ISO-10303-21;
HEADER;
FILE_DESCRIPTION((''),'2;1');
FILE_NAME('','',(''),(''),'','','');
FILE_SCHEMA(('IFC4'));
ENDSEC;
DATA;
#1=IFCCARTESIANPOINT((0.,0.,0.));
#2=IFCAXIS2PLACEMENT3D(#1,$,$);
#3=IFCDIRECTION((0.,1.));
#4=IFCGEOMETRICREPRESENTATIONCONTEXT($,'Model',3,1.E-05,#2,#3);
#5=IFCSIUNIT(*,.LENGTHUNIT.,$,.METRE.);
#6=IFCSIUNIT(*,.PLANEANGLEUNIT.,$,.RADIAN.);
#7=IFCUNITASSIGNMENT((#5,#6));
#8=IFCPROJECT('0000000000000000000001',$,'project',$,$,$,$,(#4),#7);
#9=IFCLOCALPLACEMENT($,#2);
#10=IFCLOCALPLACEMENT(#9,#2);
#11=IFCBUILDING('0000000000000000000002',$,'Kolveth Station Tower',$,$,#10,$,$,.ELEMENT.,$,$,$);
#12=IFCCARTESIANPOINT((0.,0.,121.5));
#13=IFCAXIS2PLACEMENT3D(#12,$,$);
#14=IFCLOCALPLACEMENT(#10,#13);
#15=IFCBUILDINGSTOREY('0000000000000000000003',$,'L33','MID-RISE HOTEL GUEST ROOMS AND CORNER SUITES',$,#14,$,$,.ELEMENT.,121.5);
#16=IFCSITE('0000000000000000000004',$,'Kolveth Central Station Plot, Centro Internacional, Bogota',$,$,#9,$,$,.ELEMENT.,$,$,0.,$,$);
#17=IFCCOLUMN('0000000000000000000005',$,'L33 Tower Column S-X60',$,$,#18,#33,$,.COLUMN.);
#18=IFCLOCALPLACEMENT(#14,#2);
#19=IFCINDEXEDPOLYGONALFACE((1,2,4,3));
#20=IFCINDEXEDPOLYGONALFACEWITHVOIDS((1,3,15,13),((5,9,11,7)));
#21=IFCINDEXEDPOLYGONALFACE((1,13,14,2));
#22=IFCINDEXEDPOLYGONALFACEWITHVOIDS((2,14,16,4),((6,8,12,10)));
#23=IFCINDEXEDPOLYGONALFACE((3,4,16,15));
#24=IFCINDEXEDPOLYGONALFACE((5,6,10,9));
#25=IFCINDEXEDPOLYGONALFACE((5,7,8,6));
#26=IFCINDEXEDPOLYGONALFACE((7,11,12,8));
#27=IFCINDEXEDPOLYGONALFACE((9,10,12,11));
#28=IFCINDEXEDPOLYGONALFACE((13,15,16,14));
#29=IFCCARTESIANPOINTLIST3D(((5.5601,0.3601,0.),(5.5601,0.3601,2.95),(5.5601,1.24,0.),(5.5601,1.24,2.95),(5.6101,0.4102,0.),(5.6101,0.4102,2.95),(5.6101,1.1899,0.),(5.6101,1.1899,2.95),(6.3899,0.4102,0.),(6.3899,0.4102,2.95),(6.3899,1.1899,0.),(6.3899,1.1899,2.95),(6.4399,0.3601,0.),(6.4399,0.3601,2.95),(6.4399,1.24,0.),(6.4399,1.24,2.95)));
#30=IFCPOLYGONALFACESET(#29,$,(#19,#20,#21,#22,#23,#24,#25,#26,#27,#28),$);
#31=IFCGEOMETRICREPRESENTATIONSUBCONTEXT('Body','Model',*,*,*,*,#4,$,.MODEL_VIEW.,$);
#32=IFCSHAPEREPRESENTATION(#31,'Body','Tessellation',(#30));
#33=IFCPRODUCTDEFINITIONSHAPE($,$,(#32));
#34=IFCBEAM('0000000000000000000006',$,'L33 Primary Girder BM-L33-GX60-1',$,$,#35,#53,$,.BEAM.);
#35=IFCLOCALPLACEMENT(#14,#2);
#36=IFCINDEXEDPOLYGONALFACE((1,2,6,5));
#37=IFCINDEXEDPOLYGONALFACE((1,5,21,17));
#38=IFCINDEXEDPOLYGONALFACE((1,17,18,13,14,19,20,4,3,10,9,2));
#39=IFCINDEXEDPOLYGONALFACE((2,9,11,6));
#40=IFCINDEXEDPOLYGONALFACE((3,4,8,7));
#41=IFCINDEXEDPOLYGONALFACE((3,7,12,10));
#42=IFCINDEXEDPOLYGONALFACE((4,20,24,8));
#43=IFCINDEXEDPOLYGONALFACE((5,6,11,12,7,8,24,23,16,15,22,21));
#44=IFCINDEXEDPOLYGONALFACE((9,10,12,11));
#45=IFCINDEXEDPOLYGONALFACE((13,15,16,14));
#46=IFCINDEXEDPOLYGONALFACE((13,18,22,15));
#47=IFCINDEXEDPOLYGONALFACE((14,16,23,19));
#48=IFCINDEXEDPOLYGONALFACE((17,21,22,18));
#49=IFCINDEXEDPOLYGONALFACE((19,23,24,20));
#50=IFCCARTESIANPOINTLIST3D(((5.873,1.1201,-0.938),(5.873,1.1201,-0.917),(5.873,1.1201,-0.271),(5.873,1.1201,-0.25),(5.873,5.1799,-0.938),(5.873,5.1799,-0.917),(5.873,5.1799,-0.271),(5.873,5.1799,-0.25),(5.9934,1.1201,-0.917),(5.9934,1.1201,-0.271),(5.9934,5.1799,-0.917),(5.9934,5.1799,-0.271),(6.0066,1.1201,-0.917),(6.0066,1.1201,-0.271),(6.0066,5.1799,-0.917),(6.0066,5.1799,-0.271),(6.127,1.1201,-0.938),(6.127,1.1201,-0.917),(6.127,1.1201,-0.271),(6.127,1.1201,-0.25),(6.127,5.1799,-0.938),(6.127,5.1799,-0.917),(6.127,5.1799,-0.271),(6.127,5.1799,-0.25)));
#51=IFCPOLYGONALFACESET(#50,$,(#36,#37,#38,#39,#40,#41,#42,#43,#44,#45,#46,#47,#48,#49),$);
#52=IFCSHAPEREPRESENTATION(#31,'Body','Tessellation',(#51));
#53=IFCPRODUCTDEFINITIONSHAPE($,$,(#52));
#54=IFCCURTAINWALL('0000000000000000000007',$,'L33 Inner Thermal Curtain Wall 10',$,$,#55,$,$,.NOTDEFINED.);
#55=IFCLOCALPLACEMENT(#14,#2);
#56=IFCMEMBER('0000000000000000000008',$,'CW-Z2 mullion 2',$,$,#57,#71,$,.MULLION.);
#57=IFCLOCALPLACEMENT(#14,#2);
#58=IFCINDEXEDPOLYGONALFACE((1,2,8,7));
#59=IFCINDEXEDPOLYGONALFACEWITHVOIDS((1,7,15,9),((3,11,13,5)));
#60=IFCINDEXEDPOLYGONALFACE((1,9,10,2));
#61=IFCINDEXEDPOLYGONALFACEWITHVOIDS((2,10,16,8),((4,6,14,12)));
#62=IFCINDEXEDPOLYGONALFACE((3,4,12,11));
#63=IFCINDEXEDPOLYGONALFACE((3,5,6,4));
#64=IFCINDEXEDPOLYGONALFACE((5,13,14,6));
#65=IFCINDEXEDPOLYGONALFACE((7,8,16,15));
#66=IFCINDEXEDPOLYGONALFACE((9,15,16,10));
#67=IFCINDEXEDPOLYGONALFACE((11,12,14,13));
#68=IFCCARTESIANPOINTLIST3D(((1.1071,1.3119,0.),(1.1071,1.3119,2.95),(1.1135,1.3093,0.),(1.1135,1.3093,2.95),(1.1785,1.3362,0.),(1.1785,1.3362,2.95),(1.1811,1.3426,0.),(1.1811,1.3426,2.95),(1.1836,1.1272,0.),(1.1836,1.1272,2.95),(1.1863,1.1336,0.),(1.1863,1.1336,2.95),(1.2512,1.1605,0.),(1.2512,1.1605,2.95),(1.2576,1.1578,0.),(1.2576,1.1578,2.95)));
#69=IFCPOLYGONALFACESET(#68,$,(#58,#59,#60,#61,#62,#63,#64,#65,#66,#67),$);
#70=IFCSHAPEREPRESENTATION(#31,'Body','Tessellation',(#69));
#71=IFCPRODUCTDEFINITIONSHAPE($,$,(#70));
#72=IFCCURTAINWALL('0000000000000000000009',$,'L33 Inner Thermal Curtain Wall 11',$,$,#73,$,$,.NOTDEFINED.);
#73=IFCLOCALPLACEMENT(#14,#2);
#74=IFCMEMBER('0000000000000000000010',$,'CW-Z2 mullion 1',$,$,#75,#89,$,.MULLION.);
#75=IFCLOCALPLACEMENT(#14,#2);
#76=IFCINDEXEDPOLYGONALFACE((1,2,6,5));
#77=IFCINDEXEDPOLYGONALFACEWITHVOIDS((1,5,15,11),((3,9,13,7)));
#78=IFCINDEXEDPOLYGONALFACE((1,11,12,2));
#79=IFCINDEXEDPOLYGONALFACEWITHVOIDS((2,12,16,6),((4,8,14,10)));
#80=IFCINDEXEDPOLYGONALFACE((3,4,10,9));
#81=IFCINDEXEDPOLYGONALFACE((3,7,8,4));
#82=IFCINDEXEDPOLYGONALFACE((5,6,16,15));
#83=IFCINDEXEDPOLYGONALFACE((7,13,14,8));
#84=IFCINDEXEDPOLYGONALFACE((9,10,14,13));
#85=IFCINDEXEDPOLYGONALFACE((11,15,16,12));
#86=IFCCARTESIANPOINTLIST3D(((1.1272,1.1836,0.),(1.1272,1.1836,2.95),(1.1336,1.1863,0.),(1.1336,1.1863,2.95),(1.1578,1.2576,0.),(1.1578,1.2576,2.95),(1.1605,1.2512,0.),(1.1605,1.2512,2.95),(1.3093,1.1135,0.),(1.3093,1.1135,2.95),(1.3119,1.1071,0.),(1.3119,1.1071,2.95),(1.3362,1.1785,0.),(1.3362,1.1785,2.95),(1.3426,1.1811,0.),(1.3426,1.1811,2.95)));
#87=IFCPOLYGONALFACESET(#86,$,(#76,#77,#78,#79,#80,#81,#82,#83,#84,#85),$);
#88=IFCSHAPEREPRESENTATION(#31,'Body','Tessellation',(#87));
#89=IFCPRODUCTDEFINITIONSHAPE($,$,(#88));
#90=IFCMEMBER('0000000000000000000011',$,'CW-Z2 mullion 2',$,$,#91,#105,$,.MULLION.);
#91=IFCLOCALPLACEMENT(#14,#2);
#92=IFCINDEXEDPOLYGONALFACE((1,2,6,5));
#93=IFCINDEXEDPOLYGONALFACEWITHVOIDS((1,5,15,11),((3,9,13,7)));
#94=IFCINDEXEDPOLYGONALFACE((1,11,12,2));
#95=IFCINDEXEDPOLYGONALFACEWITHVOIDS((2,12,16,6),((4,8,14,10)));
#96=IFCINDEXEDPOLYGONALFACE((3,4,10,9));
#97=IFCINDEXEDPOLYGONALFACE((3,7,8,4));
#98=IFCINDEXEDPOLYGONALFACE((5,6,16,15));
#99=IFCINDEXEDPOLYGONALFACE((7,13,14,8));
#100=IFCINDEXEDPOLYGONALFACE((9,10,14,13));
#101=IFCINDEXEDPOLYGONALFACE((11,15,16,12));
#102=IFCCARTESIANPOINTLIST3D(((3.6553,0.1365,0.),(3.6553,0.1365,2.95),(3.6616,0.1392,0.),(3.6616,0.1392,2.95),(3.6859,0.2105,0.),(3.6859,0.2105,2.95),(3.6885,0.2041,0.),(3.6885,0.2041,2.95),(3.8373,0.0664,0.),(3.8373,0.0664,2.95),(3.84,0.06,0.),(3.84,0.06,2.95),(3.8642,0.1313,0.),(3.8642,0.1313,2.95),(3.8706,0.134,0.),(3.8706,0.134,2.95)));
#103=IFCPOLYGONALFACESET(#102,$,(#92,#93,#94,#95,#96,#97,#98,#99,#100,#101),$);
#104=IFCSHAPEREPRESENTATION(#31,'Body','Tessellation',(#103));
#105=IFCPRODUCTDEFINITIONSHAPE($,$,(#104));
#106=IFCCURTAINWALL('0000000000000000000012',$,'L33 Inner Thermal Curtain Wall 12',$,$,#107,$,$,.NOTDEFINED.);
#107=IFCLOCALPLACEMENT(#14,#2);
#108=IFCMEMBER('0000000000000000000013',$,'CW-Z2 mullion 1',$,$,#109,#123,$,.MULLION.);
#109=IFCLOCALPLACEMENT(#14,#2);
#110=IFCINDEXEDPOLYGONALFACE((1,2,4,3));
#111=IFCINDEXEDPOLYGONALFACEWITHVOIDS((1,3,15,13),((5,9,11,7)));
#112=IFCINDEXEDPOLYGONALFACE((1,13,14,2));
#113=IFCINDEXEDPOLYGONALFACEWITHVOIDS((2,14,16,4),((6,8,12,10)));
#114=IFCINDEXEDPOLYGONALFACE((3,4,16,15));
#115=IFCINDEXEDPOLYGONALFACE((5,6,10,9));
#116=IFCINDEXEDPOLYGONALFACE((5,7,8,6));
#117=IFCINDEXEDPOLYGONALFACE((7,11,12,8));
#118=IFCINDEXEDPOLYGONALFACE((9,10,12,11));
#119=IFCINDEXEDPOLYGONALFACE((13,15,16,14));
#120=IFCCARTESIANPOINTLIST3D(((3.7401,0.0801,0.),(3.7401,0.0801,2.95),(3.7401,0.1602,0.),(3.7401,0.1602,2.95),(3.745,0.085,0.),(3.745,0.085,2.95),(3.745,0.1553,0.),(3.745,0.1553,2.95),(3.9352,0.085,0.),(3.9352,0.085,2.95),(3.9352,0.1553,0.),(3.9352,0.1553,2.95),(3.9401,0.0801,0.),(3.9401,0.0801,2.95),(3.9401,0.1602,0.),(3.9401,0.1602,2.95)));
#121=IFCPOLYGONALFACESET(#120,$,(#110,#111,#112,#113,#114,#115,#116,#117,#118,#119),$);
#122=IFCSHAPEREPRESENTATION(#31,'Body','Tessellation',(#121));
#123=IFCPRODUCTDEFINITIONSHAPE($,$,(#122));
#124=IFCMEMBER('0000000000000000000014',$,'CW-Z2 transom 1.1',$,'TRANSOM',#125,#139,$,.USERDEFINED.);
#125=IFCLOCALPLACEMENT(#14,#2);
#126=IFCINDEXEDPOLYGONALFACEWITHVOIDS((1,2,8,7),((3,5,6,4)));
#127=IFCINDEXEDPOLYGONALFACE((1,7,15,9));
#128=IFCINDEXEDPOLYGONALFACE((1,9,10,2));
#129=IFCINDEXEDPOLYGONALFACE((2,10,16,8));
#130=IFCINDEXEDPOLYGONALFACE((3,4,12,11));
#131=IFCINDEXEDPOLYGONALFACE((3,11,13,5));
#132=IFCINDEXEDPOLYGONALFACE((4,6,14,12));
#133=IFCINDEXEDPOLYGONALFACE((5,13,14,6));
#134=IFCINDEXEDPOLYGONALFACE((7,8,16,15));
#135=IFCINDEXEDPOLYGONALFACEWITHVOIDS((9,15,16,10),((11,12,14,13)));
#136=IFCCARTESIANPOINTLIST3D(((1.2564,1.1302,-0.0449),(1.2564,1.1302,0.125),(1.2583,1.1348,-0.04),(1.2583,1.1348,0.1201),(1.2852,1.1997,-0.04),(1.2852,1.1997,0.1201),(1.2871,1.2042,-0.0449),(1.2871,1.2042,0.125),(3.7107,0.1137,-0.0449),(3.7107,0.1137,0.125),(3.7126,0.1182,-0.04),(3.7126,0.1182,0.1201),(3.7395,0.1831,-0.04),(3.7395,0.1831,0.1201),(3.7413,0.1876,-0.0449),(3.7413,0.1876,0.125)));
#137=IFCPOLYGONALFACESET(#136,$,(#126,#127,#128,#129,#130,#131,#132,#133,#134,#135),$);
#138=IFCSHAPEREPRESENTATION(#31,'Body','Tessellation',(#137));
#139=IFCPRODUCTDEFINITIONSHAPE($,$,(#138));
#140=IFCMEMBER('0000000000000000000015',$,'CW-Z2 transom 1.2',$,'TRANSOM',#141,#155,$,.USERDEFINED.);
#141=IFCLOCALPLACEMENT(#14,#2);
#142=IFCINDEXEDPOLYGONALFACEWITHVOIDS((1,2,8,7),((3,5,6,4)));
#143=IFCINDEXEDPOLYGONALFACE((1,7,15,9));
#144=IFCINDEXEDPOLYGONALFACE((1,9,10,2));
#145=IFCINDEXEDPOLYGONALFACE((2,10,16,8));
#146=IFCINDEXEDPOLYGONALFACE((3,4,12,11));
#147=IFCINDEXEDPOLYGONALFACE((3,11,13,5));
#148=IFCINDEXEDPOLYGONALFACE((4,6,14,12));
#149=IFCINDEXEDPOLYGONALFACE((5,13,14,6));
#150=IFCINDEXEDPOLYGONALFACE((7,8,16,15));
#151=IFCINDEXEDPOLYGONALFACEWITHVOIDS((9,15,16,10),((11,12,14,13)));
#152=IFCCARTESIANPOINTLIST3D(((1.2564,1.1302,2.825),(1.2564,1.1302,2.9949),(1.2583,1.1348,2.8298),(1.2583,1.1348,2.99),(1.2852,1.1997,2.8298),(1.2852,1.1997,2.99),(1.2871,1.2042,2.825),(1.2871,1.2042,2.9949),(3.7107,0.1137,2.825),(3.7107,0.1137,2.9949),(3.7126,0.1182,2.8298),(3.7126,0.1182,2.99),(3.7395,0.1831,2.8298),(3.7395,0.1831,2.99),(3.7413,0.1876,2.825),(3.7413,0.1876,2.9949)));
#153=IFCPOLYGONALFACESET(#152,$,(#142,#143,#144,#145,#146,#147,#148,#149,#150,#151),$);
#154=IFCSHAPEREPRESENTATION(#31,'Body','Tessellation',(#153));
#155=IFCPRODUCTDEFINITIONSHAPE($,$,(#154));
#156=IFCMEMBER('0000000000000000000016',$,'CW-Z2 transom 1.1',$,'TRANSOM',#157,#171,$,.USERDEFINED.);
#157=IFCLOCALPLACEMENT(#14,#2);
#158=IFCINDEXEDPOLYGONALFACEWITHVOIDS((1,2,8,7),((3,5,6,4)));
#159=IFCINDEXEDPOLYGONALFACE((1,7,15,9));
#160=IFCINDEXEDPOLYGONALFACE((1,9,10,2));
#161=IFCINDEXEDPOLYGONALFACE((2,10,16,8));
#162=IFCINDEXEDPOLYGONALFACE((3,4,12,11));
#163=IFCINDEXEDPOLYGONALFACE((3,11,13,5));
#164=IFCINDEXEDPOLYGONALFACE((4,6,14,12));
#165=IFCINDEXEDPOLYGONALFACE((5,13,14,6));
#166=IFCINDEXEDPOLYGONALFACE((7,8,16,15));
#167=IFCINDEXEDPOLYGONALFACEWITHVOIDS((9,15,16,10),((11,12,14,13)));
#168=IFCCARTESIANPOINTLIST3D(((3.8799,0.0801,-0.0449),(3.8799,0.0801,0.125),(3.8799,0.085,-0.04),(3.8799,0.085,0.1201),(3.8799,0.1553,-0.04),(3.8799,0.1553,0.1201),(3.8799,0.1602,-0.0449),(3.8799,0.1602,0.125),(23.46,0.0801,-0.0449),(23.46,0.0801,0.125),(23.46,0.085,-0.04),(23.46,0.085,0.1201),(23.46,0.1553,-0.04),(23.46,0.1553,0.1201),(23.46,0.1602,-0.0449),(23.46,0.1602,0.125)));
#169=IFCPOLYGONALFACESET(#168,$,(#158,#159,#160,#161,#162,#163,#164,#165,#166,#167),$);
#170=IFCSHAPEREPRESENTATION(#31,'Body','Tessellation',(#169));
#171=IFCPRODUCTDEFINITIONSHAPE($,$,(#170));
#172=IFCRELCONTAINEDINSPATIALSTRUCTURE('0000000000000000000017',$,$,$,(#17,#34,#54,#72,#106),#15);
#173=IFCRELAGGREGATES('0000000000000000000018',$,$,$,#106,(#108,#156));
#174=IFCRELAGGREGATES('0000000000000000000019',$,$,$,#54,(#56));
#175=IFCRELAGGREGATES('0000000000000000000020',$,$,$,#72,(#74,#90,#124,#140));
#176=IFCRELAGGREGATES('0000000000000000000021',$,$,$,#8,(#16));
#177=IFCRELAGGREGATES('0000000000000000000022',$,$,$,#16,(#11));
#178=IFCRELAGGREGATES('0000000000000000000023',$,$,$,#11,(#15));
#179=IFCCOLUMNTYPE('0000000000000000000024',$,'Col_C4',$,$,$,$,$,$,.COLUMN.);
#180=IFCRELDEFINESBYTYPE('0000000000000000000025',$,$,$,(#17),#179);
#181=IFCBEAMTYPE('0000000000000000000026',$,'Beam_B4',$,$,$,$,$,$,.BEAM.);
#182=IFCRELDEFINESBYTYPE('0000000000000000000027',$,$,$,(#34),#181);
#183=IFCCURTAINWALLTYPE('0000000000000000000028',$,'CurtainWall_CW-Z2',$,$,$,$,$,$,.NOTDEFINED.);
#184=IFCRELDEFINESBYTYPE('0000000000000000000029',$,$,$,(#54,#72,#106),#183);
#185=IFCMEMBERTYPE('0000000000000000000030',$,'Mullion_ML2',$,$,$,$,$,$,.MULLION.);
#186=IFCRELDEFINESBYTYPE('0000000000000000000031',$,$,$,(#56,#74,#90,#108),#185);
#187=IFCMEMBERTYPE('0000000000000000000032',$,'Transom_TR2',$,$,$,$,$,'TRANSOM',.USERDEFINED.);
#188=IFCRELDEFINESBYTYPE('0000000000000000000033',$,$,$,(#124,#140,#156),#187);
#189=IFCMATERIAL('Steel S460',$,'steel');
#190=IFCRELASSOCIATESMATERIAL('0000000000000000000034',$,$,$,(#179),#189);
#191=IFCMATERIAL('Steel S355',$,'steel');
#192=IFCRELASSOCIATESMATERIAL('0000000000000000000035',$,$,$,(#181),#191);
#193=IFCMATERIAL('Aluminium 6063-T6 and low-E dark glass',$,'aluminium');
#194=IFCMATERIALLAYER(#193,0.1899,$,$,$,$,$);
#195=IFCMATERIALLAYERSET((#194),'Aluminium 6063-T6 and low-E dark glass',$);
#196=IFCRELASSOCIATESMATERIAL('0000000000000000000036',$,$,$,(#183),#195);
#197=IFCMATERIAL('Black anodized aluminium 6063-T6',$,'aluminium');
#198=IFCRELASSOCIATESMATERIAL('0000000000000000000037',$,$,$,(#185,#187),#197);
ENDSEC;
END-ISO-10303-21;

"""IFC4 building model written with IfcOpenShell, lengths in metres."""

from ifc_helpers import new_model, si_unit, direction, frame, origin, origin_2d, place, context, subcontext, project, spatial, hollow_rectangle, i_section, extrude, source, transform, mapped, material, layer, layer_set, material_profile, profile_set, type_object, element, aggregate, save


model = new_model("IFC4")

# Units and contexts
model_context = context("Model", 3, precision=1e-05, world=origin(), true_north=direction((0.0, 1.0)))
body_context = subcontext(model_context, "Body", "Model", "MODEL_VIEW")
ifc_project = project(units=[si_unit("LENGTHUNIT", "METRE"), si_unit("PLANEANGLEUNIT", "RADIAN")], contexts=[model_context])

# Site, building, storey
site_placement = place(None, origin())
site = spatial("IfcSite", under=ifc_project, at=site_placement, Name="Kolveth Central Station Plot, Centro Internacional, Bogota", CompositionType="ELEMENT", RefElevation=0.0)
building_placement = place(site_placement, origin())
building = spatial("IfcBuilding", under=site, at=building_placement, Name="Kolveth Station Tower", CompositionType="ELEMENT")
storey_placement = place(building_placement, frame((0.0, 0.0, 121.5)))
storey = spatial("IfcBuildingStorey", under=building, at=storey_placement, Name="L33", Description="MID-RISE HOTEL GUEST ROOMS AND CORNER SUITES", CompositionType="ELEMENT", Elevation=121.5)

# Column
ifc_material_1 = material(Name="Steel S460", Category="steel")
ifc_material_profile_1 = material_profile(ifc_material_1, hollow_rectangle(XDim=0.8799, YDim=0.8799, WallThickness=0.05, at=origin_2d()), Name="BOX880x880x50")
ifc_profile_set_1 = profile_set([ifc_material_profile_1], Name="Steel S460")
column_type = type_object("IfcColumnType", Name="Col_C4", PredefinedType="COLUMN", material=ifc_profile_set_1)
shared_shape_1 = source(origin(), body_context, "Body", "SweptSolid", [
    extrude(hollow_rectangle(XDim=0.8799, YDim=0.8799, WallThickness=0.05, at=origin_2d()), origin(), (0.0, 0.0, 1.0), 2.95),
])
column_placement = place(storey_placement, frame((6.0, 0.8, 0.0), z_axis=(0.0, 0.0, 1.0), x_axis=(1.0, 0.0, 0.0)))
element("IfcColumn", 1, at=column_placement, inside=storey, type_object=column_type, Name="L33 Tower Column S-X60", PredefinedType="COLUMN", context=body_context, shape_type="MappedRepresentation", body=[
    mapped(shared_shape_1, transform((0.0, 0.0, 0.0), x_axis=(1.0, 0.0, 0.0), y_axis=(0.0, 1.0, 0.0), z_axis=(0.0, 0.0, 1.0), scale=1.0)),
])

# Beam
ifc_material_2 = material(Name="Steel S355", Category="steel")
ifc_material_profile_2 = material_profile(ifc_material_2, i_section(OverallWidth=0.2539, OverallDepth=0.688, WebThickness=0.0132, FlangeThickness=0.021, at=origin_2d()), Name="W690x152")
ifc_profile_set_2 = profile_set([ifc_material_profile_2], Name="Steel S355")
beam_type = type_object("IfcBeamType", Name="Beam_B4", PredefinedType="BEAM", material=ifc_profile_set_2)
shared_shape_2 = source(origin(), body_context, "Body", "SweptSolid", [
    extrude(i_section(OverallWidth=0.2539, OverallDepth=0.688, WebThickness=0.0132, FlangeThickness=0.021, at=origin_2d()), origin(), (0.0, 0.0, 1.0), 4.0598),
])
beam_placement = place(storey_placement, frame((6.0, 1.1201, -0.594), z_axis=(0.0, 1.0, 0.0), x_axis=(-1.0, 0.0, 0.0)))
element("IfcBeam", 2, at=beam_placement, inside=storey, type_object=beam_type, Name="L33 Primary Girder BM-L33-GX60-1", PredefinedType="BEAM", context=body_context, shape_type="MappedRepresentation", body=[
    mapped(shared_shape_2, transform((0.0, 0.0, 0.0), x_axis=(1.0, 0.0, 0.0), y_axis=(0.0, 1.0, 0.0), z_axis=(0.0, 0.0, 1.0), scale=1.0)),
])

# Curtain wall, member
ifc_material_3 = material(Name="Aluminium 6063-T6 and low-E dark glass", Category="aluminium")
ifc_layer_1 = layer(ifc_material_3, 0.1899)
ifc_layer_set_1 = layer_set([ifc_layer_1], Name="Aluminium 6063-T6 and low-E dark glass")
curtain_wall_type_1 = type_object("IfcCurtainWallType", Name="CurtainWall_CW-Z2", PredefinedType="NOTDEFINED", material=ifc_layer_set_1)
curtain_wall_1_placement = place(storey_placement, origin())
curtain_wall_1 = element("IfcCurtainWall", 3, at=curtain_wall_1_placement, inside=storey, type_object=curtain_wall_type_1, Name="L33 Inner Thermal Curtain Wall 10", PredefinedType="NOTDEFINED")
ifc_material_4 = material(Name="Black anodized aluminium 6063-T6", Category="aluminium")
ifc_material_profile_3 = material_profile(ifc_material_4, hollow_rectangle(XDim=0.0801, YDim=0.2, WallThickness=0.0049, at=origin_2d()), Name="ALU-80x200x5")
ifc_profile_set_3 = profile_set([ifc_material_profile_3], Name="Black anodized aluminium 6063-T6")
member_type_1 = type_object("IfcMemberType", Name="Mullion_ML2", PredefinedType="MULLION", material=ifc_profile_set_3)
shared_shape_3 = source(origin(), body_context, "Body", "SweptSolid", [
    extrude(hollow_rectangle(XDim=0.0801, YDim=0.2, WallThickness=0.0049, at=origin_2d()), origin(), (0.0, 0.0, 1.0), 2.95),
])
member_1_placement = place(storey_placement, frame((1.1824, 1.2349, 0.0), z_axis=(0.0, 0.0, 1.0), x_axis=(0.923888, 0.382663, 0.0)))
member_1 = element("IfcMember", 4, at=member_1_placement, type_object=member_type_1, Name="CW-Z2 mullion 2", PredefinedType="MULLION", context=body_context, shape_type="MappedRepresentation", body=[
    mapped(shared_shape_3, transform((0.0, 0.0, 0.0), x_axis=(1.0, 0.0, 0.0), y_axis=(0.0, 1.0, 0.0), z_axis=(0.0, 0.0, 1.0), scale=1.0)),
])

# Curtain wall, members
curtain_wall_2_placement = place(storey_placement, origin())
curtain_wall_2 = element("IfcCurtainWall", 5, at=curtain_wall_2_placement, inside=storey, type_object=curtain_wall_type_1, Name="L33 Inner Thermal Curtain Wall 11", PredefinedType="NOTDEFINED")
member_2_placement = place(storey_placement, frame((1.2349, 1.1824, 0.0), z_axis=(0.0, 0.0, 1.0), x_axis=(0.382663, 0.923888, 0.0)))
member_2 = element("IfcMember", 6, at=member_2_placement, type_object=member_type_1, Name="CW-Z2 mullion 1", PredefinedType="MULLION", context=body_context, shape_type="MappedRepresentation", body=[
    mapped(shared_shape_3, transform((0.0, 0.0, 0.0), x_axis=(1.0, 0.0, 0.0), y_axis=(0.0, 1.0, 0.0), z_axis=(0.0, 0.0, 1.0), scale=1.0)),
])
member_3_placement = place(storey_placement, frame((3.7629, 0.1353, 0.0), z_axis=(0.0, 0.0, 1.0), x_axis=(0.382663, 0.923888, 0.0)))
member_3 = element("IfcMember", 7, at=member_3_placement, type_object=member_type_1, Name="CW-Z2 mullion 2", PredefinedType="MULLION", context=body_context, shape_type="MappedRepresentation", body=[
    mapped(shared_shape_3, transform((0.0, 0.0, 0.0), x_axis=(1.0, 0.0, 0.0), y_axis=(0.0, 1.0, 0.0), z_axis=(0.0, 0.0, 1.0), scale=1.0)),
])

# Curtain wall, member
curtain_wall_3_placement = place(storey_placement, origin())
curtain_wall_3 = element("IfcCurtainWall", 8, at=curtain_wall_3_placement, inside=storey, type_object=curtain_wall_type_1, Name="L33 Inner Thermal Curtain Wall 12", PredefinedType="NOTDEFINED")
member_4_placement = place(storey_placement, frame((3.8401, 0.1201, 0.0), z_axis=(0.0, 0.0, 1.0), x_axis=(0.0, 1.0, 0.0)))
member_4 = element("IfcMember", 9, at=member_4_placement, type_object=member_type_1, Name="CW-Z2 mullion 1", PredefinedType="MULLION", context=body_context, shape_type="MappedRepresentation", body=[
    mapped(shared_shape_3, transform((0.0, 0.0, 0.0), x_axis=(1.0, 0.0, 0.0), y_axis=(0.0, 1.0, 0.0), z_axis=(0.0, 0.0, 1.0), scale=1.0)),
])

# Members
ifc_material_profile_4 = material_profile(ifc_material_4, hollow_rectangle(XDim=0.0801, YDim=0.1699, WallThickness=0.0049, at=origin_2d()), Name="ALU-80x170x5")
ifc_profile_set_4 = profile_set([ifc_material_profile_4], Name="Black anodized aluminium 6063-T6")
member_type_2 = type_object("IfcMemberType", Name="Transom_TR2", ElementType="TRANSOM", PredefinedType="USERDEFINED", material=ifc_profile_set_4)
shared_shape_4 = source(origin(), body_context, "Body", "SweptSolid", [
    extrude(hollow_rectangle(XDim=0.0801, YDim=0.1699, WallThickness=0.0049, at=origin_2d()), origin(), (0.0, 0.0, 1.0), 2.6565),
])
member_5_placement = place(storey_placement, frame((1.2717, 1.1672, 0.04), z_axis=(0.923882, -0.382676, 0.0), x_axis=(0.382676, 0.923882, 0.0)))
member_5 = element("IfcMember", 10, at=member_5_placement, type_object=member_type_2, Name="CW-Z2 transom 1.1", ObjectType="TRANSOM", PredefinedType="USERDEFINED", context=body_context, shape_type="MappedRepresentation", body=[
    mapped(shared_shape_4, transform((0.0, 0.0, 0.0), x_axis=(1.0, 0.0, 0.0), y_axis=(0.0, 1.0, 0.0), z_axis=(0.0, 0.0, 1.0), scale=1.0)),
])
member_6_placement = place(storey_placement, frame((1.2717, 1.1672, 2.9099), z_axis=(0.923882, -0.382676, 0.0), x_axis=(0.382676, 0.923882, 0.0)))
member_6 = element("IfcMember", 11, at=member_6_placement, type_object=member_type_2, Name="CW-Z2 transom 1.2", ObjectType="TRANSOM", PredefinedType="USERDEFINED", context=body_context, shape_type="MappedRepresentation", body=[
    mapped(shared_shape_4, transform((0.0, 0.0, 0.0), x_axis=(1.0, 0.0, 0.0), y_axis=(0.0, 1.0, 0.0), z_axis=(0.0, 0.0, 1.0), scale=1.0)),
])
shared_shape_5 = source(origin(), body_context, "Body", "SweptSolid", [
    extrude(hollow_rectangle(XDim=0.0801, YDim=0.1699, WallThickness=0.0049, at=origin_2d()), origin(), (0.0, 0.0, 1.0), 19.5801),
])
member_7_placement = place(storey_placement, frame((3.8799, 0.1201, 0.04), z_axis=(1.0, 0.0, 0.0), x_axis=(0.0, 1.0, 0.0)))
member_7 = element("IfcMember", 12, at=member_7_placement, type_object=member_type_2, Name="CW-Z2 transom 1.1", ObjectType="TRANSOM", PredefinedType="USERDEFINED", context=body_context, shape_type="MappedRepresentation", body=[
    mapped(shared_shape_5, transform((0.0, 0.0, 0.0), x_axis=(1.0, 0.0, 0.0), y_axis=(0.0, 1.0, 0.0), z_axis=(0.0, 0.0, 1.0), scale=1.0)),
])
aggregate(curtain_wall_3, [member_4, member_7])

aggregate(curtain_wall_1, [member_1])
aggregate(curtain_wall_2, [member_2, member_3, member_5, member_6])

save(model, "model.ifc")
